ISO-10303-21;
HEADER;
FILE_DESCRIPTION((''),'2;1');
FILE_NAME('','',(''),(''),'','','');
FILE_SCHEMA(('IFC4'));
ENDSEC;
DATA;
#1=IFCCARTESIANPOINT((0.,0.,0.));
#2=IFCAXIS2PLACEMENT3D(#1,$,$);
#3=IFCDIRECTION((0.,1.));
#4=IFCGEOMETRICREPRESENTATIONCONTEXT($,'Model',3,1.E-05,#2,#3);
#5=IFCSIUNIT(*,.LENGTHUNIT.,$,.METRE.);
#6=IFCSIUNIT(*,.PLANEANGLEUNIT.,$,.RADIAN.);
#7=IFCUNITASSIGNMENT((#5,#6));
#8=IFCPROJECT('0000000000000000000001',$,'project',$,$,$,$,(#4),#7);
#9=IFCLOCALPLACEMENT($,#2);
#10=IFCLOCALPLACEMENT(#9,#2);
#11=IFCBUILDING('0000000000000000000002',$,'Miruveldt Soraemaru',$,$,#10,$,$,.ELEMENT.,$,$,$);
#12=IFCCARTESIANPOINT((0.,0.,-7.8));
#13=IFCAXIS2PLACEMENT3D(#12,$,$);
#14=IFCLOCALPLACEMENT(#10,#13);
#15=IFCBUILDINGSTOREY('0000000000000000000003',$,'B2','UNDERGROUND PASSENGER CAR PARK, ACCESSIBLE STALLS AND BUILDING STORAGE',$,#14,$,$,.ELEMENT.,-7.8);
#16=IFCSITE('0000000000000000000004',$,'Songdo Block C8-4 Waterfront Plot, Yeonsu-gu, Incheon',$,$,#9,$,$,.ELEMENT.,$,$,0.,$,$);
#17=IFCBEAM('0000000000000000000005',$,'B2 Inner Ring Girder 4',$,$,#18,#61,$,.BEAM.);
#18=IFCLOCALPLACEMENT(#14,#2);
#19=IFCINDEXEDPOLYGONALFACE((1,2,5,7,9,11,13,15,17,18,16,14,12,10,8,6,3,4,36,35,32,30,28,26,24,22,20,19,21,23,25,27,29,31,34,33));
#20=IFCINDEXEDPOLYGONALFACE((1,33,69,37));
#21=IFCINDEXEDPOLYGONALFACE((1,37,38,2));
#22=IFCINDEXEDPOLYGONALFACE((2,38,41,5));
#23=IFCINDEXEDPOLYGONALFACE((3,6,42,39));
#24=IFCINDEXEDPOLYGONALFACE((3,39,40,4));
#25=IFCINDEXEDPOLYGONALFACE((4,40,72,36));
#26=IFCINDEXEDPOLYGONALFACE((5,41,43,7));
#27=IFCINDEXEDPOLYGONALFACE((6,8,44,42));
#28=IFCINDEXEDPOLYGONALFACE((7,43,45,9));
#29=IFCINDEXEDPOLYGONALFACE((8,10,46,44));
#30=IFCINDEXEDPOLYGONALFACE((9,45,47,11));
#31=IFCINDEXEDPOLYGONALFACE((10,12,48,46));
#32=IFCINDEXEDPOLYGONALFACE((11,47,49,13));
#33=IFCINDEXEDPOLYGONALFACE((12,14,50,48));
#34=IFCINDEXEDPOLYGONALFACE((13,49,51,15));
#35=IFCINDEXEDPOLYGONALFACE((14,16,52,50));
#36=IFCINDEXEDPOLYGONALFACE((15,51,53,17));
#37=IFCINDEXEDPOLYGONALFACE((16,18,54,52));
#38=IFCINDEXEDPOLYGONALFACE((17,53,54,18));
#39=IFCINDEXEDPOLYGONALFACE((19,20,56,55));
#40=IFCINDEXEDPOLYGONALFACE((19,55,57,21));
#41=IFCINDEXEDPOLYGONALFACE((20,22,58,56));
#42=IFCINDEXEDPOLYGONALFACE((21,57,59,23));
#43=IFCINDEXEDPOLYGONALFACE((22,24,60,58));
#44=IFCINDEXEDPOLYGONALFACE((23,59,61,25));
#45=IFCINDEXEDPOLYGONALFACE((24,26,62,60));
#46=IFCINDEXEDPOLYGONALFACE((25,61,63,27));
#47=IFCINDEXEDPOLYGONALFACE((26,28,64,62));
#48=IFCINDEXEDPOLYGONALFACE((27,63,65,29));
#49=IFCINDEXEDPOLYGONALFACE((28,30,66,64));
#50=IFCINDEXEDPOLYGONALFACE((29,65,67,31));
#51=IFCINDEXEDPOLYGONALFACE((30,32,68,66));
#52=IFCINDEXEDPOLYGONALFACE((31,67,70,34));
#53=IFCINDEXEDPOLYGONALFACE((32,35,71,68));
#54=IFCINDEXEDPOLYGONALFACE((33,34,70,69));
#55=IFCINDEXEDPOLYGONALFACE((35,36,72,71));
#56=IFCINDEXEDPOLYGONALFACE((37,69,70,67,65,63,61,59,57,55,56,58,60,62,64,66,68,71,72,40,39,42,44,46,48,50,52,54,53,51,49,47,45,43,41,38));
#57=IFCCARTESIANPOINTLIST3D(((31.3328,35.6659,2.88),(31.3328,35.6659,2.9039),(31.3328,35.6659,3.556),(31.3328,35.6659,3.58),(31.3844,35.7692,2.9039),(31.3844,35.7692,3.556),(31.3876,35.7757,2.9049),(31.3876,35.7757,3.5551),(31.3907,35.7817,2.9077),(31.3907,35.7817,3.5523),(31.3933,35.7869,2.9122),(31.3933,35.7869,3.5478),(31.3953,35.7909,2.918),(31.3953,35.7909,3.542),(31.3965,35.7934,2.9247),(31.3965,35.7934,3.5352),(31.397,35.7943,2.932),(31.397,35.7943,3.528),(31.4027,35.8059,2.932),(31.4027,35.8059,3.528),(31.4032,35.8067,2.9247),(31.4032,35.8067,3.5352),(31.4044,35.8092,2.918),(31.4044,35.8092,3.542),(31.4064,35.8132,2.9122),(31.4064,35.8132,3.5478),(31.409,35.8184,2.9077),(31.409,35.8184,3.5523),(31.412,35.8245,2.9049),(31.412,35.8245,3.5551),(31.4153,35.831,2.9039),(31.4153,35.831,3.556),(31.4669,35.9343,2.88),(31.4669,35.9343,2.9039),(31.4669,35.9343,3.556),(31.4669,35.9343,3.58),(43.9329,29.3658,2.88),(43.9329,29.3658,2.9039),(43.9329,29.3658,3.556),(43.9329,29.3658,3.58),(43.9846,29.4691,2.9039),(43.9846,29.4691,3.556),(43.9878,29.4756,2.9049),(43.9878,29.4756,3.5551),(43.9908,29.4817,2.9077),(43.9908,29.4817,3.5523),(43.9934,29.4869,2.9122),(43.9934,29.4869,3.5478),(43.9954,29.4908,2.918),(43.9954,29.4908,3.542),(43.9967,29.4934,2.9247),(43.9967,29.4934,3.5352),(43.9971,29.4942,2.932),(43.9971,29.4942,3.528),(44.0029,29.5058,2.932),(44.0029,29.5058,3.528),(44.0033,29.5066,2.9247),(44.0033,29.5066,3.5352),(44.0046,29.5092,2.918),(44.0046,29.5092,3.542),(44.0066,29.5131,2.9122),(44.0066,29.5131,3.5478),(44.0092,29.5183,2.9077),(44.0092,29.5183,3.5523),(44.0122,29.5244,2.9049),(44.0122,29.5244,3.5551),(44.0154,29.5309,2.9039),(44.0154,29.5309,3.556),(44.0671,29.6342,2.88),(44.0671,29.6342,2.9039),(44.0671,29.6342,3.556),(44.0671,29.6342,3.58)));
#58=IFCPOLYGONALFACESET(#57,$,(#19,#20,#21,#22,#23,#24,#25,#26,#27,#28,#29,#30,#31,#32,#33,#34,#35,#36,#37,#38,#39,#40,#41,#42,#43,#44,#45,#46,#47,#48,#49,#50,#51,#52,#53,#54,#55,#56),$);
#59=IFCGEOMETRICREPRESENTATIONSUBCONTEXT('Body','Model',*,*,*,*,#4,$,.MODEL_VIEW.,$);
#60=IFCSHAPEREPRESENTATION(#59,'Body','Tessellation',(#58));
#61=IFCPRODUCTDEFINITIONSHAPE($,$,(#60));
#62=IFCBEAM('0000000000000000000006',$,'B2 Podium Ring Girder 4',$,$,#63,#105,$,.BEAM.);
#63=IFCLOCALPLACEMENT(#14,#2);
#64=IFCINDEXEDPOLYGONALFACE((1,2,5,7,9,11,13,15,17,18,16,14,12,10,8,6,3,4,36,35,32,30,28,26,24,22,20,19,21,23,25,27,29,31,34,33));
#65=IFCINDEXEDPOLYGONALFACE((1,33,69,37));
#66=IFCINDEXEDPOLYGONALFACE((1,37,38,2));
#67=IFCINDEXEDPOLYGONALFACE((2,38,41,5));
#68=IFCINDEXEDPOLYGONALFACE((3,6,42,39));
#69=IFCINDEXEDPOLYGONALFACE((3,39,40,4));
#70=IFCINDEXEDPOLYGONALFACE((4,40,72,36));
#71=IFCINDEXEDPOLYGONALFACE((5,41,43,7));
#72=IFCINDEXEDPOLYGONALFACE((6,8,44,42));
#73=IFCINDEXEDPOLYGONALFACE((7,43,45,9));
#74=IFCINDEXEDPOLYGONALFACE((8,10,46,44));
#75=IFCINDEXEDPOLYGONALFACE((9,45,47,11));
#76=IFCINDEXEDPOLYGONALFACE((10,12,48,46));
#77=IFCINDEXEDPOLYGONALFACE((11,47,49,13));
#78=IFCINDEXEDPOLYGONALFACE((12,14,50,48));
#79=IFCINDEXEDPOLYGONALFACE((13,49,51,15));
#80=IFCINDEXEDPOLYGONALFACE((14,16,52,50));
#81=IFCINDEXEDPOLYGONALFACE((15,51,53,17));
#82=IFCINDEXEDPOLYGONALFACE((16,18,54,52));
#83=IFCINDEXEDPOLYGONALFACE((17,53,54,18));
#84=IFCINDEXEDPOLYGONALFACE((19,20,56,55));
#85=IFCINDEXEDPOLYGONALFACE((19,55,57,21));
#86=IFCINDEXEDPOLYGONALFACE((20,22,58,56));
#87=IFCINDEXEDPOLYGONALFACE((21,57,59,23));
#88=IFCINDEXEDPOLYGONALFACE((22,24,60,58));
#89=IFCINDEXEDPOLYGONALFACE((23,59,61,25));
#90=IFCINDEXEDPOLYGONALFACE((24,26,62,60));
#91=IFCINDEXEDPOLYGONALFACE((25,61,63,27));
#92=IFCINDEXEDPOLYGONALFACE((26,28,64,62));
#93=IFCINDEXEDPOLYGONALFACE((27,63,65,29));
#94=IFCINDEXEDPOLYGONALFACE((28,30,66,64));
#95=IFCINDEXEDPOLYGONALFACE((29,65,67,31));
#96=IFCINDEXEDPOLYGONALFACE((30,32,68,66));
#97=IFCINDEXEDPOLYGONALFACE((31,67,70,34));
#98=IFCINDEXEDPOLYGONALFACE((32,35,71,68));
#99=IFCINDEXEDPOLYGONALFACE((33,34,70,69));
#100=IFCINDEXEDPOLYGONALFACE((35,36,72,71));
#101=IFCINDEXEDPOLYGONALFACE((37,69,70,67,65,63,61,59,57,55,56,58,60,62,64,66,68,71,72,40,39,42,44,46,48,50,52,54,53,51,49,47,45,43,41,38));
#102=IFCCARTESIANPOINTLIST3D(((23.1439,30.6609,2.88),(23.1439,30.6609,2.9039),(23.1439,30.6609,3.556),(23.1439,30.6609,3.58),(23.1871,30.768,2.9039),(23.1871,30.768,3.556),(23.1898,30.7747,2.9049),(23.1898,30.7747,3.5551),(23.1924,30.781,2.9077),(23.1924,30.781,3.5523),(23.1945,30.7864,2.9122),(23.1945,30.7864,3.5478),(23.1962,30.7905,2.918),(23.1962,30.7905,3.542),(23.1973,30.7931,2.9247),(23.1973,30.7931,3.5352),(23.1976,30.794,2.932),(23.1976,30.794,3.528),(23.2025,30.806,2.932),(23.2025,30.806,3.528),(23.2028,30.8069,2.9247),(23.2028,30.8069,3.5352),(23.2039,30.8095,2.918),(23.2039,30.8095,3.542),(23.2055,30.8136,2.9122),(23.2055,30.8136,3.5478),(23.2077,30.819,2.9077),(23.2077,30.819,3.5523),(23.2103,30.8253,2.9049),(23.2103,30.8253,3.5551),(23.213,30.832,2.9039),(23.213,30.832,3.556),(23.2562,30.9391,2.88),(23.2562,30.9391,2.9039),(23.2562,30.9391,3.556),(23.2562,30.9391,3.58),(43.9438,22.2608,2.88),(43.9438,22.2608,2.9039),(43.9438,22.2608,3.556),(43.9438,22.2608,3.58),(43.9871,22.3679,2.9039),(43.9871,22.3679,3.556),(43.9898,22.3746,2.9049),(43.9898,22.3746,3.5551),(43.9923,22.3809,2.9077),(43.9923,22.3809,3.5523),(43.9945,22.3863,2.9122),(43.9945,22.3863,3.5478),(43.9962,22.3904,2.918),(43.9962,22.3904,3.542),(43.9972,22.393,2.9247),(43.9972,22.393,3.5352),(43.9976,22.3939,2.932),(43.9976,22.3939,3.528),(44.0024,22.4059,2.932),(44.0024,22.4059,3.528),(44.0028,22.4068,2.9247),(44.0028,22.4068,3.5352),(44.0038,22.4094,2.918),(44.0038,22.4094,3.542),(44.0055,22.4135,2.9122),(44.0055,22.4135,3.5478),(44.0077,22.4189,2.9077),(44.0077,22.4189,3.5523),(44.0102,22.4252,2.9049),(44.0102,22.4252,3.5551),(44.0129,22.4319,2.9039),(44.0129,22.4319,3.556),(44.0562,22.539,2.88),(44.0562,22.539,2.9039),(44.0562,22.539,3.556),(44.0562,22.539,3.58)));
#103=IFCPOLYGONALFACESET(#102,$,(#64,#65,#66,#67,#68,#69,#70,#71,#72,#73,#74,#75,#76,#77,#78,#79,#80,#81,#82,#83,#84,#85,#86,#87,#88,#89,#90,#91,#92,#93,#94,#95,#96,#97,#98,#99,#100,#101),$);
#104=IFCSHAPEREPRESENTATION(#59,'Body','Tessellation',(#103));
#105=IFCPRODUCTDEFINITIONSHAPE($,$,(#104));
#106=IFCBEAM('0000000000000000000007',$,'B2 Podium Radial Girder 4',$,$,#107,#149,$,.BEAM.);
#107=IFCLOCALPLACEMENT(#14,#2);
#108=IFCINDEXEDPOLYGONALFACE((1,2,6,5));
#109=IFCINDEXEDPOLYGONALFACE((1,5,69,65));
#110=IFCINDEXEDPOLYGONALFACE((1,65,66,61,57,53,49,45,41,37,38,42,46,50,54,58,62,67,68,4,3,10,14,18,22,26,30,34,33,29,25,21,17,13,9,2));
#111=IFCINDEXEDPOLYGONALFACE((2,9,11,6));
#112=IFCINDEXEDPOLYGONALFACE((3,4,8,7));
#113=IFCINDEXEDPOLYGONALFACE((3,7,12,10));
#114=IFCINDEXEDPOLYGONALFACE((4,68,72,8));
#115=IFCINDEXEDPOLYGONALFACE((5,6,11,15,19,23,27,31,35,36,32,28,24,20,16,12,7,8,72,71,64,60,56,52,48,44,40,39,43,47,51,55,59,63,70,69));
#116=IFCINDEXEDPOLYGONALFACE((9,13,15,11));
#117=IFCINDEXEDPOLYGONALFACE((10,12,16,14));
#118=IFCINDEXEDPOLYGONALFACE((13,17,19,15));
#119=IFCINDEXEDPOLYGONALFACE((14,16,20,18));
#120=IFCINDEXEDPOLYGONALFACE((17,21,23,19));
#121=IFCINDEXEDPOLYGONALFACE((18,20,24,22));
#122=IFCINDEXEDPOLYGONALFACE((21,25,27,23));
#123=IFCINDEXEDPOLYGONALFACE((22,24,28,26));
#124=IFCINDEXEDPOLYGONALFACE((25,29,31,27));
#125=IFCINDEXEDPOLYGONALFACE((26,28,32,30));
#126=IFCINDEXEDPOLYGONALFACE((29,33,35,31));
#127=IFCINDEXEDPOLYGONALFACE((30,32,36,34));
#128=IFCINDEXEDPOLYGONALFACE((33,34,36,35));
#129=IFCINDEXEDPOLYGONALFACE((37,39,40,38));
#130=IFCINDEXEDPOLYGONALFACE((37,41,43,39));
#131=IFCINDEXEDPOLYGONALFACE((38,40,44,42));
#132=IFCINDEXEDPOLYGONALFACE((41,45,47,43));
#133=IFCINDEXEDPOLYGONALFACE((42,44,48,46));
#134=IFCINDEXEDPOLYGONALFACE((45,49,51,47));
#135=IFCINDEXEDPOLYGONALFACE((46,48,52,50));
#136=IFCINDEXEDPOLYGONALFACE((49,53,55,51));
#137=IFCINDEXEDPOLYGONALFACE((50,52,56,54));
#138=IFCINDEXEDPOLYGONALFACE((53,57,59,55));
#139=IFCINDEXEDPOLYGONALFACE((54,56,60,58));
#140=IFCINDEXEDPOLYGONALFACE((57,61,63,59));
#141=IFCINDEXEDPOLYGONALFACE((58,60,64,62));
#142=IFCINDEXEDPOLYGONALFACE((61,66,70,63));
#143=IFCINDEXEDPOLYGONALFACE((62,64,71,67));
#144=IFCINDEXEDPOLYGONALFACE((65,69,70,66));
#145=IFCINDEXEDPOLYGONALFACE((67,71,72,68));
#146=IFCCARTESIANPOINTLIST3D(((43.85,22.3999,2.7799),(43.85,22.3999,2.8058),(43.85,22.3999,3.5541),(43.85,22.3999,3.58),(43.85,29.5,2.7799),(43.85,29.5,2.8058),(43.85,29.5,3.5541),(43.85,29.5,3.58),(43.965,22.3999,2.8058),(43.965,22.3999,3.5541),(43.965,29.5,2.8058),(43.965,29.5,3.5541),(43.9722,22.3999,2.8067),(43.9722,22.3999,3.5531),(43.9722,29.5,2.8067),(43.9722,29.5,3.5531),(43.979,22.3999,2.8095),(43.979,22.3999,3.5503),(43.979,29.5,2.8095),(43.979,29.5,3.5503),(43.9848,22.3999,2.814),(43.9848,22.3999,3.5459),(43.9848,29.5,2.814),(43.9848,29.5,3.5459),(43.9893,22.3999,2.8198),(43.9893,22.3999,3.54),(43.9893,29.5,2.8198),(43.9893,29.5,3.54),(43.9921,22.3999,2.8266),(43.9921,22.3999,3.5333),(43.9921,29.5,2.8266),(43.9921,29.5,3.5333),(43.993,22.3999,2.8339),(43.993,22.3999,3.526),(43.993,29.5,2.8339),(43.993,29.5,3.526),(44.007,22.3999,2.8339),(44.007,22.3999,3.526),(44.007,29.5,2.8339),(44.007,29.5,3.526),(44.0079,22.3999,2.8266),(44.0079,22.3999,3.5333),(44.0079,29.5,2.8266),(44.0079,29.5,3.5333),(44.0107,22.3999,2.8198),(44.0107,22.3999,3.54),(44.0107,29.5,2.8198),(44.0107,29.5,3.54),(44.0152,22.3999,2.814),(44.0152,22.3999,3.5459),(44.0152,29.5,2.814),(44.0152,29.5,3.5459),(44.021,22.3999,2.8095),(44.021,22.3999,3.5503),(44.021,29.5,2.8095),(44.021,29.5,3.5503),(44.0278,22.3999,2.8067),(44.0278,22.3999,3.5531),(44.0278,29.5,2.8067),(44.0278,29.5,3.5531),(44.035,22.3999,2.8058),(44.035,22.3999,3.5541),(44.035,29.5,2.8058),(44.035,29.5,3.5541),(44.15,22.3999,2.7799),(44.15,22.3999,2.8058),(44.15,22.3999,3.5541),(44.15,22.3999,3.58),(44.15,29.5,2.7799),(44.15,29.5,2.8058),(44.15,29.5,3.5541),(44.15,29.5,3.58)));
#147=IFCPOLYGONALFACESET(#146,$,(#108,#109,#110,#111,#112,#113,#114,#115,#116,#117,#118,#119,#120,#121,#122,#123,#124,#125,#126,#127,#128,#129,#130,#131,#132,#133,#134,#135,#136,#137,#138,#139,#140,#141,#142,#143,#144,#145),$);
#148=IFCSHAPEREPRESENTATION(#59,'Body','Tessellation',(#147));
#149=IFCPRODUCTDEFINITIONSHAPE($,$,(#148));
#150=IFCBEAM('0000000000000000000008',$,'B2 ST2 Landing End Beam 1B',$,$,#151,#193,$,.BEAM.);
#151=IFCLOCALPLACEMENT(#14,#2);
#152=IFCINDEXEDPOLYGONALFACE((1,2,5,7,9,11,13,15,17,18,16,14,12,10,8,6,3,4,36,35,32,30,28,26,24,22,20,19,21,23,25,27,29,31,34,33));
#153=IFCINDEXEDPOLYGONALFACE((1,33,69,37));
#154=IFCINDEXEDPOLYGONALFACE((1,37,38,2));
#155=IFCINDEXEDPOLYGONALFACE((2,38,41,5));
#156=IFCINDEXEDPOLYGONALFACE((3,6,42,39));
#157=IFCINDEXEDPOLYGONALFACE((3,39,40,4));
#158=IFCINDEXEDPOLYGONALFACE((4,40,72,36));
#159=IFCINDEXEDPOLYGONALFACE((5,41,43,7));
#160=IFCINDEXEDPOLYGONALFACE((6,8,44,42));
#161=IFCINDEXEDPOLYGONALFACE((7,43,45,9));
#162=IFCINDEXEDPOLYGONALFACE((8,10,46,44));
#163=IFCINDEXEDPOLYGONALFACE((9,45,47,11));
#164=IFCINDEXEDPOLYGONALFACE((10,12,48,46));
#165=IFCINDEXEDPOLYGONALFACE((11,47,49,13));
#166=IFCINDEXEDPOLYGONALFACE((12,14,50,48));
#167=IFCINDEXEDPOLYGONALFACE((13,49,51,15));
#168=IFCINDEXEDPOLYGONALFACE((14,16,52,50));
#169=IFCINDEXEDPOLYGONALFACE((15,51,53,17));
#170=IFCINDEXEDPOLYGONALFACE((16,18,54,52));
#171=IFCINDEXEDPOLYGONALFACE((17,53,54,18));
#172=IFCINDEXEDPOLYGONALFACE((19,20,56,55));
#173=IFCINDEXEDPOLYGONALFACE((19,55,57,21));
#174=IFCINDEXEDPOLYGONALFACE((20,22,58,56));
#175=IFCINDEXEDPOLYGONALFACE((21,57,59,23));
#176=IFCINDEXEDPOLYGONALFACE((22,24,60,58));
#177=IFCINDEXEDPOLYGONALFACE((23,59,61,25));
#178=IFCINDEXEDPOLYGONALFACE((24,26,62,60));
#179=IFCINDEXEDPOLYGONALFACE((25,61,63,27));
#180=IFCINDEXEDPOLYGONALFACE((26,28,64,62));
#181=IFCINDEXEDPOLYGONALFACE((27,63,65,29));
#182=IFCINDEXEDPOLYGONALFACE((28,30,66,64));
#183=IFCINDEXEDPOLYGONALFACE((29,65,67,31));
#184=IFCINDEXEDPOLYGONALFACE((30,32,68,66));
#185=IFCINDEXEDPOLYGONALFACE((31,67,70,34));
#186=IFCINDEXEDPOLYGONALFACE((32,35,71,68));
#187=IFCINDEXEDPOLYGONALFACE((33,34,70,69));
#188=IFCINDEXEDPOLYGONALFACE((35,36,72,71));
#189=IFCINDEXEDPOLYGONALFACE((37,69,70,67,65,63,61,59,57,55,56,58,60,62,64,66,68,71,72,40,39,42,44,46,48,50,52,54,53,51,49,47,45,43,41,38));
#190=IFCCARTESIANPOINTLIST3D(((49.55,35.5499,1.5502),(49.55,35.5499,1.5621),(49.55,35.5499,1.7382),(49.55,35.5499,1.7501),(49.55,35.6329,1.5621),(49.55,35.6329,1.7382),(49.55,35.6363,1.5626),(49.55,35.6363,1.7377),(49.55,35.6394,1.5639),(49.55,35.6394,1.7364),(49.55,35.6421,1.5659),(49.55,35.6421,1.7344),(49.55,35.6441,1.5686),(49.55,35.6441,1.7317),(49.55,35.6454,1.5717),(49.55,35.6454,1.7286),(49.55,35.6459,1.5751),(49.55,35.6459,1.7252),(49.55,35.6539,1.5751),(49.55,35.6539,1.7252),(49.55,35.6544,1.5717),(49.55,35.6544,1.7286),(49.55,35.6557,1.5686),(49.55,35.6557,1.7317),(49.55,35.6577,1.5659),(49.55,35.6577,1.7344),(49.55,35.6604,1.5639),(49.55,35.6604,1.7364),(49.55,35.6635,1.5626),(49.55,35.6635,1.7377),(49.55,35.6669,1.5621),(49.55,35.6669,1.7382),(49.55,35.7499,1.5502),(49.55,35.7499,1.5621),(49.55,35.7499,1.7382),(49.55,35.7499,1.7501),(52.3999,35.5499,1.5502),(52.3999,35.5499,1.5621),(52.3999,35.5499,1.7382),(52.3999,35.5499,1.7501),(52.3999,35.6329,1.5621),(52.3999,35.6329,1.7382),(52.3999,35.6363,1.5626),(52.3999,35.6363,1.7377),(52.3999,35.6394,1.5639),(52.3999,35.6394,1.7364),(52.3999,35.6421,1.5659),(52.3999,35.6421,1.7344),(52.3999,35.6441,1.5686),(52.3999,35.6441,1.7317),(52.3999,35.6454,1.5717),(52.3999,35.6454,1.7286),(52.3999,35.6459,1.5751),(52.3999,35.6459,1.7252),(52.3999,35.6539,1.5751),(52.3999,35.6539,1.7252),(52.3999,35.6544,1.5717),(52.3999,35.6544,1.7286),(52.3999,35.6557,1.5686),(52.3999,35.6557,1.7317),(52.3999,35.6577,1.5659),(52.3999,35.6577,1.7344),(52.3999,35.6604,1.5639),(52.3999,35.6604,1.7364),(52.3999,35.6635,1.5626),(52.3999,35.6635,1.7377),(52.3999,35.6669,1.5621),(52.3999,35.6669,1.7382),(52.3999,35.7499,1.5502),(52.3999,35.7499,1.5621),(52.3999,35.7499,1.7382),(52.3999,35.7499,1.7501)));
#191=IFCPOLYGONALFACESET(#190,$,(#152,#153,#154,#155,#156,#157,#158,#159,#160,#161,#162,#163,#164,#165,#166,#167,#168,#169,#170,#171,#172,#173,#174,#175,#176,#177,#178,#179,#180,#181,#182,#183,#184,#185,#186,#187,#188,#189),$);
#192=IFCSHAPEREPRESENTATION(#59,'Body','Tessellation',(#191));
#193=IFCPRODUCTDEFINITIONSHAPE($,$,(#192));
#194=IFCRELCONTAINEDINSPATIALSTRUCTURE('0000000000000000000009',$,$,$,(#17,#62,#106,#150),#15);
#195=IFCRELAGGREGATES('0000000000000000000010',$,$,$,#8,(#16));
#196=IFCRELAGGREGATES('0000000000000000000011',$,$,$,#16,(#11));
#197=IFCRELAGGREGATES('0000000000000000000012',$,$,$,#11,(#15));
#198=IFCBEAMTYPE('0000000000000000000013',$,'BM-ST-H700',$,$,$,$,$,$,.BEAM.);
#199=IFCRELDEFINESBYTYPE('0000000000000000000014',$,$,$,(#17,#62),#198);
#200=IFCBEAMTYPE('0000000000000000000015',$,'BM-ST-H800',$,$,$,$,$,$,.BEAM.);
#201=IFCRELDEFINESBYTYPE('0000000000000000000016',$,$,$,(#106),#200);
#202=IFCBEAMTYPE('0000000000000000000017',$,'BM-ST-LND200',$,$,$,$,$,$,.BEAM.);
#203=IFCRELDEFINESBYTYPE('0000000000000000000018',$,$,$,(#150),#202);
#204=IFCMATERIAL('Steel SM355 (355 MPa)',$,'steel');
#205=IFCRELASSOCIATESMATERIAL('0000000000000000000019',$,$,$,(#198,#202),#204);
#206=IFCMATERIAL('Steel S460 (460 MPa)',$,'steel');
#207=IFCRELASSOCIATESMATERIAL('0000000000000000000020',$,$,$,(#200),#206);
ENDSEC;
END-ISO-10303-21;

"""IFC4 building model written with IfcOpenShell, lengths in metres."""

from ifc_helpers import new_model, si_unit, direction, frame, origin, origin_2d, place, context, subcontext, project, spatial, i_section, extrude, material, material_profile, profile_set, type_object, element, save


model = new_model("IFC4")

# Units and contexts
model_context = context("Model", 3, precision=1e-05, world=origin(), true_north=direction((0.0, 1.0)))
body_context = subcontext(model_context, "Body", "Model", "MODEL_VIEW")
ifc_project = project(units=[si_unit("LENGTHUNIT", "METRE"), si_unit("PLANEANGLEUNIT", "RADIAN")], contexts=[model_context])

# Site, building, storey
site_placement = place(None, origin())
site = spatial("IfcSite", under=ifc_project, at=site_placement, Name="Songdo Block C8-4 Waterfront Plot, Yeonsu-gu, Incheon", CompositionType="ELEMENT", RefElevation=0.0)
building_placement = place(site_placement, origin())
building = spatial("IfcBuilding", under=site, at=building_placement, Name="Miruveldt Soraemaru", CompositionType="ELEMENT")
storey_placement = place(building_placement, frame((0.0, 0.0, -7.8)))
storey = spatial("IfcBuildingStorey", under=building, at=storey_placement, Name="B2", Description="UNDERGROUND PASSENGER CAR PARK, ACCESSIBLE STALLS AND BUILDING STORAGE", CompositionType="ELEMENT", Elevation=-7.8)

# Beams
ifc_material_1 = material(Name="Steel SM355 (355 MPa)", Category="steel")
ifc_material_profile_1 = material_profile(ifc_material_1, i_section(OverallWidth=0.3, OverallDepth=0.7, WebThickness=0.0129, FlangeThickness=0.0239, FilletRadius=0.0281, at=origin_2d()), Name="Steel SM355 (355 MPa)", Category="steel")
ifc_profile_set_1 = profile_set([ifc_material_profile_1], Name="Steel SM355 (355 MPa)")
beam_type_1 = type_object("IfcBeamType", Name="BM-ST-H700", PredefinedType="BEAM", material=ifc_profile_set_1)
beam_1_placement = place(storey_placement, frame((44.0, 29.5, 3.23), z_axis=(-0.894427, 0.447214, 0.0), x_axis=(-0.447214, -0.894427, 0.0)))
element("IfcBeam", 1, at=beam_1_placement, inside=storey, type_object=beam_type_1, Name="B2 Inner Ring Girder 4", PredefinedType="BEAM", context=body_context, shape_type="SweptSolid", body=[
    extrude(i_section(OverallWidth=0.3, OverallDepth=0.7, WebThickness=0.0129, FlangeThickness=0.0239, FilletRadius=0.0281, at=origin_2d()), origin(), (0.0, 0.0, 1.0), 14.0874),
])
beam_2_placement = place(storey_placement, frame((44.0, 22.3999, 3.23), z_axis=(-0.92724, 0.374468, 0.0), x_axis=(-0.374468, -0.92724, 0.0)))
element("IfcBeam", 2, at=beam_2_placement, inside=storey, type_object=beam_type_1, Name="B2 Podium Ring Girder 4", PredefinedType="BEAM", context=body_context, shape_type="SweptSolid", body=[
    extrude(i_section(OverallWidth=0.3, OverallDepth=0.7, WebThickness=0.0129, FlangeThickness=0.0239, FilletRadius=0.0281, at=origin_2d()), origin(), (0.0, 0.0, 1.0), 22.4321),
])
ifc_material_2 = material(Name="Steel S460 (460 MPa)", Category="steel")
ifc_material_profile_2 = material_profile(ifc_material_2, i_section(OverallWidth=0.3, OverallDepth=0.8, WebThickness=0.0139, FlangeThickness=0.0259, FilletRadius=0.0281, at=origin_2d()), Name="Steel S460 (460 MPa)", Category="steel")
ifc_profile_set_2 = profile_set([ifc_material_profile_2], Name="Steel S460 (460 MPa)")
beam_type_2 = type_object("IfcBeamType", Name="BM-ST-H800", PredefinedType="BEAM", material=ifc_profile_set_2)
beam_3_placement = place(storey_placement, frame((44.0, 29.5, 3.1799), z_axis=(0.0, -1.0, 0.0), x_axis=(1.0, 0.0, 0.0)))
element("IfcBeam", 3, at=beam_3_placement, inside=storey, type_object=beam_type_2, Name="B2 Podium Radial Girder 4", PredefinedType="BEAM", context=body_context, shape_type="SweptSolid", body=[
    extrude(i_section(OverallWidth=0.3, OverallDepth=0.8, WebThickness=0.0139, FlangeThickness=0.0259, FilletRadius=0.0281, at=origin_2d()), origin(), (0.0, 0.0, 1.0), 7.1001),
])
ifc_material_profile_3 = material_profile(ifc_material_1, i_section(OverallWidth=0.2, OverallDepth=0.2, WebThickness=0.0081, FlangeThickness=0.012, FilletRadius=0.0129, at=origin_2d()), Name="Steel SM355 (355 MPa)", Category="steel")
ifc_profile_set_3 = profile_set([ifc_material_profile_3], Name="Steel SM355 (355 MPa)")
beam_type_3 = type_object("IfcBeamType", Name="BM-ST-LND200", PredefinedType="BEAM", material=ifc_profile_set_3)
beam_4_placement = place(storey_placement, frame((49.55, 35.6499, 1.6501), z_axis=(1.0, 0.0, 0.0), x_axis=(0.0, 1.0, 0.0)))
element("IfcBeam", 4, at=beam_4_placement, inside=storey, type_object=beam_type_3, Name="B2 ST2 Landing End Beam 1B", PredefinedType="BEAM", context=body_context, shape_type="SweptSolid", body=[
    extrude(i_section(OverallWidth=0.2, OverallDepth=0.2, WebThickness=0.0081, FlangeThickness=0.012, FilletRadius=0.0129, at=origin_2d()), origin(), (0.0, 0.0, 1.0), 2.8499),
])

save(model, "model.ifc")
